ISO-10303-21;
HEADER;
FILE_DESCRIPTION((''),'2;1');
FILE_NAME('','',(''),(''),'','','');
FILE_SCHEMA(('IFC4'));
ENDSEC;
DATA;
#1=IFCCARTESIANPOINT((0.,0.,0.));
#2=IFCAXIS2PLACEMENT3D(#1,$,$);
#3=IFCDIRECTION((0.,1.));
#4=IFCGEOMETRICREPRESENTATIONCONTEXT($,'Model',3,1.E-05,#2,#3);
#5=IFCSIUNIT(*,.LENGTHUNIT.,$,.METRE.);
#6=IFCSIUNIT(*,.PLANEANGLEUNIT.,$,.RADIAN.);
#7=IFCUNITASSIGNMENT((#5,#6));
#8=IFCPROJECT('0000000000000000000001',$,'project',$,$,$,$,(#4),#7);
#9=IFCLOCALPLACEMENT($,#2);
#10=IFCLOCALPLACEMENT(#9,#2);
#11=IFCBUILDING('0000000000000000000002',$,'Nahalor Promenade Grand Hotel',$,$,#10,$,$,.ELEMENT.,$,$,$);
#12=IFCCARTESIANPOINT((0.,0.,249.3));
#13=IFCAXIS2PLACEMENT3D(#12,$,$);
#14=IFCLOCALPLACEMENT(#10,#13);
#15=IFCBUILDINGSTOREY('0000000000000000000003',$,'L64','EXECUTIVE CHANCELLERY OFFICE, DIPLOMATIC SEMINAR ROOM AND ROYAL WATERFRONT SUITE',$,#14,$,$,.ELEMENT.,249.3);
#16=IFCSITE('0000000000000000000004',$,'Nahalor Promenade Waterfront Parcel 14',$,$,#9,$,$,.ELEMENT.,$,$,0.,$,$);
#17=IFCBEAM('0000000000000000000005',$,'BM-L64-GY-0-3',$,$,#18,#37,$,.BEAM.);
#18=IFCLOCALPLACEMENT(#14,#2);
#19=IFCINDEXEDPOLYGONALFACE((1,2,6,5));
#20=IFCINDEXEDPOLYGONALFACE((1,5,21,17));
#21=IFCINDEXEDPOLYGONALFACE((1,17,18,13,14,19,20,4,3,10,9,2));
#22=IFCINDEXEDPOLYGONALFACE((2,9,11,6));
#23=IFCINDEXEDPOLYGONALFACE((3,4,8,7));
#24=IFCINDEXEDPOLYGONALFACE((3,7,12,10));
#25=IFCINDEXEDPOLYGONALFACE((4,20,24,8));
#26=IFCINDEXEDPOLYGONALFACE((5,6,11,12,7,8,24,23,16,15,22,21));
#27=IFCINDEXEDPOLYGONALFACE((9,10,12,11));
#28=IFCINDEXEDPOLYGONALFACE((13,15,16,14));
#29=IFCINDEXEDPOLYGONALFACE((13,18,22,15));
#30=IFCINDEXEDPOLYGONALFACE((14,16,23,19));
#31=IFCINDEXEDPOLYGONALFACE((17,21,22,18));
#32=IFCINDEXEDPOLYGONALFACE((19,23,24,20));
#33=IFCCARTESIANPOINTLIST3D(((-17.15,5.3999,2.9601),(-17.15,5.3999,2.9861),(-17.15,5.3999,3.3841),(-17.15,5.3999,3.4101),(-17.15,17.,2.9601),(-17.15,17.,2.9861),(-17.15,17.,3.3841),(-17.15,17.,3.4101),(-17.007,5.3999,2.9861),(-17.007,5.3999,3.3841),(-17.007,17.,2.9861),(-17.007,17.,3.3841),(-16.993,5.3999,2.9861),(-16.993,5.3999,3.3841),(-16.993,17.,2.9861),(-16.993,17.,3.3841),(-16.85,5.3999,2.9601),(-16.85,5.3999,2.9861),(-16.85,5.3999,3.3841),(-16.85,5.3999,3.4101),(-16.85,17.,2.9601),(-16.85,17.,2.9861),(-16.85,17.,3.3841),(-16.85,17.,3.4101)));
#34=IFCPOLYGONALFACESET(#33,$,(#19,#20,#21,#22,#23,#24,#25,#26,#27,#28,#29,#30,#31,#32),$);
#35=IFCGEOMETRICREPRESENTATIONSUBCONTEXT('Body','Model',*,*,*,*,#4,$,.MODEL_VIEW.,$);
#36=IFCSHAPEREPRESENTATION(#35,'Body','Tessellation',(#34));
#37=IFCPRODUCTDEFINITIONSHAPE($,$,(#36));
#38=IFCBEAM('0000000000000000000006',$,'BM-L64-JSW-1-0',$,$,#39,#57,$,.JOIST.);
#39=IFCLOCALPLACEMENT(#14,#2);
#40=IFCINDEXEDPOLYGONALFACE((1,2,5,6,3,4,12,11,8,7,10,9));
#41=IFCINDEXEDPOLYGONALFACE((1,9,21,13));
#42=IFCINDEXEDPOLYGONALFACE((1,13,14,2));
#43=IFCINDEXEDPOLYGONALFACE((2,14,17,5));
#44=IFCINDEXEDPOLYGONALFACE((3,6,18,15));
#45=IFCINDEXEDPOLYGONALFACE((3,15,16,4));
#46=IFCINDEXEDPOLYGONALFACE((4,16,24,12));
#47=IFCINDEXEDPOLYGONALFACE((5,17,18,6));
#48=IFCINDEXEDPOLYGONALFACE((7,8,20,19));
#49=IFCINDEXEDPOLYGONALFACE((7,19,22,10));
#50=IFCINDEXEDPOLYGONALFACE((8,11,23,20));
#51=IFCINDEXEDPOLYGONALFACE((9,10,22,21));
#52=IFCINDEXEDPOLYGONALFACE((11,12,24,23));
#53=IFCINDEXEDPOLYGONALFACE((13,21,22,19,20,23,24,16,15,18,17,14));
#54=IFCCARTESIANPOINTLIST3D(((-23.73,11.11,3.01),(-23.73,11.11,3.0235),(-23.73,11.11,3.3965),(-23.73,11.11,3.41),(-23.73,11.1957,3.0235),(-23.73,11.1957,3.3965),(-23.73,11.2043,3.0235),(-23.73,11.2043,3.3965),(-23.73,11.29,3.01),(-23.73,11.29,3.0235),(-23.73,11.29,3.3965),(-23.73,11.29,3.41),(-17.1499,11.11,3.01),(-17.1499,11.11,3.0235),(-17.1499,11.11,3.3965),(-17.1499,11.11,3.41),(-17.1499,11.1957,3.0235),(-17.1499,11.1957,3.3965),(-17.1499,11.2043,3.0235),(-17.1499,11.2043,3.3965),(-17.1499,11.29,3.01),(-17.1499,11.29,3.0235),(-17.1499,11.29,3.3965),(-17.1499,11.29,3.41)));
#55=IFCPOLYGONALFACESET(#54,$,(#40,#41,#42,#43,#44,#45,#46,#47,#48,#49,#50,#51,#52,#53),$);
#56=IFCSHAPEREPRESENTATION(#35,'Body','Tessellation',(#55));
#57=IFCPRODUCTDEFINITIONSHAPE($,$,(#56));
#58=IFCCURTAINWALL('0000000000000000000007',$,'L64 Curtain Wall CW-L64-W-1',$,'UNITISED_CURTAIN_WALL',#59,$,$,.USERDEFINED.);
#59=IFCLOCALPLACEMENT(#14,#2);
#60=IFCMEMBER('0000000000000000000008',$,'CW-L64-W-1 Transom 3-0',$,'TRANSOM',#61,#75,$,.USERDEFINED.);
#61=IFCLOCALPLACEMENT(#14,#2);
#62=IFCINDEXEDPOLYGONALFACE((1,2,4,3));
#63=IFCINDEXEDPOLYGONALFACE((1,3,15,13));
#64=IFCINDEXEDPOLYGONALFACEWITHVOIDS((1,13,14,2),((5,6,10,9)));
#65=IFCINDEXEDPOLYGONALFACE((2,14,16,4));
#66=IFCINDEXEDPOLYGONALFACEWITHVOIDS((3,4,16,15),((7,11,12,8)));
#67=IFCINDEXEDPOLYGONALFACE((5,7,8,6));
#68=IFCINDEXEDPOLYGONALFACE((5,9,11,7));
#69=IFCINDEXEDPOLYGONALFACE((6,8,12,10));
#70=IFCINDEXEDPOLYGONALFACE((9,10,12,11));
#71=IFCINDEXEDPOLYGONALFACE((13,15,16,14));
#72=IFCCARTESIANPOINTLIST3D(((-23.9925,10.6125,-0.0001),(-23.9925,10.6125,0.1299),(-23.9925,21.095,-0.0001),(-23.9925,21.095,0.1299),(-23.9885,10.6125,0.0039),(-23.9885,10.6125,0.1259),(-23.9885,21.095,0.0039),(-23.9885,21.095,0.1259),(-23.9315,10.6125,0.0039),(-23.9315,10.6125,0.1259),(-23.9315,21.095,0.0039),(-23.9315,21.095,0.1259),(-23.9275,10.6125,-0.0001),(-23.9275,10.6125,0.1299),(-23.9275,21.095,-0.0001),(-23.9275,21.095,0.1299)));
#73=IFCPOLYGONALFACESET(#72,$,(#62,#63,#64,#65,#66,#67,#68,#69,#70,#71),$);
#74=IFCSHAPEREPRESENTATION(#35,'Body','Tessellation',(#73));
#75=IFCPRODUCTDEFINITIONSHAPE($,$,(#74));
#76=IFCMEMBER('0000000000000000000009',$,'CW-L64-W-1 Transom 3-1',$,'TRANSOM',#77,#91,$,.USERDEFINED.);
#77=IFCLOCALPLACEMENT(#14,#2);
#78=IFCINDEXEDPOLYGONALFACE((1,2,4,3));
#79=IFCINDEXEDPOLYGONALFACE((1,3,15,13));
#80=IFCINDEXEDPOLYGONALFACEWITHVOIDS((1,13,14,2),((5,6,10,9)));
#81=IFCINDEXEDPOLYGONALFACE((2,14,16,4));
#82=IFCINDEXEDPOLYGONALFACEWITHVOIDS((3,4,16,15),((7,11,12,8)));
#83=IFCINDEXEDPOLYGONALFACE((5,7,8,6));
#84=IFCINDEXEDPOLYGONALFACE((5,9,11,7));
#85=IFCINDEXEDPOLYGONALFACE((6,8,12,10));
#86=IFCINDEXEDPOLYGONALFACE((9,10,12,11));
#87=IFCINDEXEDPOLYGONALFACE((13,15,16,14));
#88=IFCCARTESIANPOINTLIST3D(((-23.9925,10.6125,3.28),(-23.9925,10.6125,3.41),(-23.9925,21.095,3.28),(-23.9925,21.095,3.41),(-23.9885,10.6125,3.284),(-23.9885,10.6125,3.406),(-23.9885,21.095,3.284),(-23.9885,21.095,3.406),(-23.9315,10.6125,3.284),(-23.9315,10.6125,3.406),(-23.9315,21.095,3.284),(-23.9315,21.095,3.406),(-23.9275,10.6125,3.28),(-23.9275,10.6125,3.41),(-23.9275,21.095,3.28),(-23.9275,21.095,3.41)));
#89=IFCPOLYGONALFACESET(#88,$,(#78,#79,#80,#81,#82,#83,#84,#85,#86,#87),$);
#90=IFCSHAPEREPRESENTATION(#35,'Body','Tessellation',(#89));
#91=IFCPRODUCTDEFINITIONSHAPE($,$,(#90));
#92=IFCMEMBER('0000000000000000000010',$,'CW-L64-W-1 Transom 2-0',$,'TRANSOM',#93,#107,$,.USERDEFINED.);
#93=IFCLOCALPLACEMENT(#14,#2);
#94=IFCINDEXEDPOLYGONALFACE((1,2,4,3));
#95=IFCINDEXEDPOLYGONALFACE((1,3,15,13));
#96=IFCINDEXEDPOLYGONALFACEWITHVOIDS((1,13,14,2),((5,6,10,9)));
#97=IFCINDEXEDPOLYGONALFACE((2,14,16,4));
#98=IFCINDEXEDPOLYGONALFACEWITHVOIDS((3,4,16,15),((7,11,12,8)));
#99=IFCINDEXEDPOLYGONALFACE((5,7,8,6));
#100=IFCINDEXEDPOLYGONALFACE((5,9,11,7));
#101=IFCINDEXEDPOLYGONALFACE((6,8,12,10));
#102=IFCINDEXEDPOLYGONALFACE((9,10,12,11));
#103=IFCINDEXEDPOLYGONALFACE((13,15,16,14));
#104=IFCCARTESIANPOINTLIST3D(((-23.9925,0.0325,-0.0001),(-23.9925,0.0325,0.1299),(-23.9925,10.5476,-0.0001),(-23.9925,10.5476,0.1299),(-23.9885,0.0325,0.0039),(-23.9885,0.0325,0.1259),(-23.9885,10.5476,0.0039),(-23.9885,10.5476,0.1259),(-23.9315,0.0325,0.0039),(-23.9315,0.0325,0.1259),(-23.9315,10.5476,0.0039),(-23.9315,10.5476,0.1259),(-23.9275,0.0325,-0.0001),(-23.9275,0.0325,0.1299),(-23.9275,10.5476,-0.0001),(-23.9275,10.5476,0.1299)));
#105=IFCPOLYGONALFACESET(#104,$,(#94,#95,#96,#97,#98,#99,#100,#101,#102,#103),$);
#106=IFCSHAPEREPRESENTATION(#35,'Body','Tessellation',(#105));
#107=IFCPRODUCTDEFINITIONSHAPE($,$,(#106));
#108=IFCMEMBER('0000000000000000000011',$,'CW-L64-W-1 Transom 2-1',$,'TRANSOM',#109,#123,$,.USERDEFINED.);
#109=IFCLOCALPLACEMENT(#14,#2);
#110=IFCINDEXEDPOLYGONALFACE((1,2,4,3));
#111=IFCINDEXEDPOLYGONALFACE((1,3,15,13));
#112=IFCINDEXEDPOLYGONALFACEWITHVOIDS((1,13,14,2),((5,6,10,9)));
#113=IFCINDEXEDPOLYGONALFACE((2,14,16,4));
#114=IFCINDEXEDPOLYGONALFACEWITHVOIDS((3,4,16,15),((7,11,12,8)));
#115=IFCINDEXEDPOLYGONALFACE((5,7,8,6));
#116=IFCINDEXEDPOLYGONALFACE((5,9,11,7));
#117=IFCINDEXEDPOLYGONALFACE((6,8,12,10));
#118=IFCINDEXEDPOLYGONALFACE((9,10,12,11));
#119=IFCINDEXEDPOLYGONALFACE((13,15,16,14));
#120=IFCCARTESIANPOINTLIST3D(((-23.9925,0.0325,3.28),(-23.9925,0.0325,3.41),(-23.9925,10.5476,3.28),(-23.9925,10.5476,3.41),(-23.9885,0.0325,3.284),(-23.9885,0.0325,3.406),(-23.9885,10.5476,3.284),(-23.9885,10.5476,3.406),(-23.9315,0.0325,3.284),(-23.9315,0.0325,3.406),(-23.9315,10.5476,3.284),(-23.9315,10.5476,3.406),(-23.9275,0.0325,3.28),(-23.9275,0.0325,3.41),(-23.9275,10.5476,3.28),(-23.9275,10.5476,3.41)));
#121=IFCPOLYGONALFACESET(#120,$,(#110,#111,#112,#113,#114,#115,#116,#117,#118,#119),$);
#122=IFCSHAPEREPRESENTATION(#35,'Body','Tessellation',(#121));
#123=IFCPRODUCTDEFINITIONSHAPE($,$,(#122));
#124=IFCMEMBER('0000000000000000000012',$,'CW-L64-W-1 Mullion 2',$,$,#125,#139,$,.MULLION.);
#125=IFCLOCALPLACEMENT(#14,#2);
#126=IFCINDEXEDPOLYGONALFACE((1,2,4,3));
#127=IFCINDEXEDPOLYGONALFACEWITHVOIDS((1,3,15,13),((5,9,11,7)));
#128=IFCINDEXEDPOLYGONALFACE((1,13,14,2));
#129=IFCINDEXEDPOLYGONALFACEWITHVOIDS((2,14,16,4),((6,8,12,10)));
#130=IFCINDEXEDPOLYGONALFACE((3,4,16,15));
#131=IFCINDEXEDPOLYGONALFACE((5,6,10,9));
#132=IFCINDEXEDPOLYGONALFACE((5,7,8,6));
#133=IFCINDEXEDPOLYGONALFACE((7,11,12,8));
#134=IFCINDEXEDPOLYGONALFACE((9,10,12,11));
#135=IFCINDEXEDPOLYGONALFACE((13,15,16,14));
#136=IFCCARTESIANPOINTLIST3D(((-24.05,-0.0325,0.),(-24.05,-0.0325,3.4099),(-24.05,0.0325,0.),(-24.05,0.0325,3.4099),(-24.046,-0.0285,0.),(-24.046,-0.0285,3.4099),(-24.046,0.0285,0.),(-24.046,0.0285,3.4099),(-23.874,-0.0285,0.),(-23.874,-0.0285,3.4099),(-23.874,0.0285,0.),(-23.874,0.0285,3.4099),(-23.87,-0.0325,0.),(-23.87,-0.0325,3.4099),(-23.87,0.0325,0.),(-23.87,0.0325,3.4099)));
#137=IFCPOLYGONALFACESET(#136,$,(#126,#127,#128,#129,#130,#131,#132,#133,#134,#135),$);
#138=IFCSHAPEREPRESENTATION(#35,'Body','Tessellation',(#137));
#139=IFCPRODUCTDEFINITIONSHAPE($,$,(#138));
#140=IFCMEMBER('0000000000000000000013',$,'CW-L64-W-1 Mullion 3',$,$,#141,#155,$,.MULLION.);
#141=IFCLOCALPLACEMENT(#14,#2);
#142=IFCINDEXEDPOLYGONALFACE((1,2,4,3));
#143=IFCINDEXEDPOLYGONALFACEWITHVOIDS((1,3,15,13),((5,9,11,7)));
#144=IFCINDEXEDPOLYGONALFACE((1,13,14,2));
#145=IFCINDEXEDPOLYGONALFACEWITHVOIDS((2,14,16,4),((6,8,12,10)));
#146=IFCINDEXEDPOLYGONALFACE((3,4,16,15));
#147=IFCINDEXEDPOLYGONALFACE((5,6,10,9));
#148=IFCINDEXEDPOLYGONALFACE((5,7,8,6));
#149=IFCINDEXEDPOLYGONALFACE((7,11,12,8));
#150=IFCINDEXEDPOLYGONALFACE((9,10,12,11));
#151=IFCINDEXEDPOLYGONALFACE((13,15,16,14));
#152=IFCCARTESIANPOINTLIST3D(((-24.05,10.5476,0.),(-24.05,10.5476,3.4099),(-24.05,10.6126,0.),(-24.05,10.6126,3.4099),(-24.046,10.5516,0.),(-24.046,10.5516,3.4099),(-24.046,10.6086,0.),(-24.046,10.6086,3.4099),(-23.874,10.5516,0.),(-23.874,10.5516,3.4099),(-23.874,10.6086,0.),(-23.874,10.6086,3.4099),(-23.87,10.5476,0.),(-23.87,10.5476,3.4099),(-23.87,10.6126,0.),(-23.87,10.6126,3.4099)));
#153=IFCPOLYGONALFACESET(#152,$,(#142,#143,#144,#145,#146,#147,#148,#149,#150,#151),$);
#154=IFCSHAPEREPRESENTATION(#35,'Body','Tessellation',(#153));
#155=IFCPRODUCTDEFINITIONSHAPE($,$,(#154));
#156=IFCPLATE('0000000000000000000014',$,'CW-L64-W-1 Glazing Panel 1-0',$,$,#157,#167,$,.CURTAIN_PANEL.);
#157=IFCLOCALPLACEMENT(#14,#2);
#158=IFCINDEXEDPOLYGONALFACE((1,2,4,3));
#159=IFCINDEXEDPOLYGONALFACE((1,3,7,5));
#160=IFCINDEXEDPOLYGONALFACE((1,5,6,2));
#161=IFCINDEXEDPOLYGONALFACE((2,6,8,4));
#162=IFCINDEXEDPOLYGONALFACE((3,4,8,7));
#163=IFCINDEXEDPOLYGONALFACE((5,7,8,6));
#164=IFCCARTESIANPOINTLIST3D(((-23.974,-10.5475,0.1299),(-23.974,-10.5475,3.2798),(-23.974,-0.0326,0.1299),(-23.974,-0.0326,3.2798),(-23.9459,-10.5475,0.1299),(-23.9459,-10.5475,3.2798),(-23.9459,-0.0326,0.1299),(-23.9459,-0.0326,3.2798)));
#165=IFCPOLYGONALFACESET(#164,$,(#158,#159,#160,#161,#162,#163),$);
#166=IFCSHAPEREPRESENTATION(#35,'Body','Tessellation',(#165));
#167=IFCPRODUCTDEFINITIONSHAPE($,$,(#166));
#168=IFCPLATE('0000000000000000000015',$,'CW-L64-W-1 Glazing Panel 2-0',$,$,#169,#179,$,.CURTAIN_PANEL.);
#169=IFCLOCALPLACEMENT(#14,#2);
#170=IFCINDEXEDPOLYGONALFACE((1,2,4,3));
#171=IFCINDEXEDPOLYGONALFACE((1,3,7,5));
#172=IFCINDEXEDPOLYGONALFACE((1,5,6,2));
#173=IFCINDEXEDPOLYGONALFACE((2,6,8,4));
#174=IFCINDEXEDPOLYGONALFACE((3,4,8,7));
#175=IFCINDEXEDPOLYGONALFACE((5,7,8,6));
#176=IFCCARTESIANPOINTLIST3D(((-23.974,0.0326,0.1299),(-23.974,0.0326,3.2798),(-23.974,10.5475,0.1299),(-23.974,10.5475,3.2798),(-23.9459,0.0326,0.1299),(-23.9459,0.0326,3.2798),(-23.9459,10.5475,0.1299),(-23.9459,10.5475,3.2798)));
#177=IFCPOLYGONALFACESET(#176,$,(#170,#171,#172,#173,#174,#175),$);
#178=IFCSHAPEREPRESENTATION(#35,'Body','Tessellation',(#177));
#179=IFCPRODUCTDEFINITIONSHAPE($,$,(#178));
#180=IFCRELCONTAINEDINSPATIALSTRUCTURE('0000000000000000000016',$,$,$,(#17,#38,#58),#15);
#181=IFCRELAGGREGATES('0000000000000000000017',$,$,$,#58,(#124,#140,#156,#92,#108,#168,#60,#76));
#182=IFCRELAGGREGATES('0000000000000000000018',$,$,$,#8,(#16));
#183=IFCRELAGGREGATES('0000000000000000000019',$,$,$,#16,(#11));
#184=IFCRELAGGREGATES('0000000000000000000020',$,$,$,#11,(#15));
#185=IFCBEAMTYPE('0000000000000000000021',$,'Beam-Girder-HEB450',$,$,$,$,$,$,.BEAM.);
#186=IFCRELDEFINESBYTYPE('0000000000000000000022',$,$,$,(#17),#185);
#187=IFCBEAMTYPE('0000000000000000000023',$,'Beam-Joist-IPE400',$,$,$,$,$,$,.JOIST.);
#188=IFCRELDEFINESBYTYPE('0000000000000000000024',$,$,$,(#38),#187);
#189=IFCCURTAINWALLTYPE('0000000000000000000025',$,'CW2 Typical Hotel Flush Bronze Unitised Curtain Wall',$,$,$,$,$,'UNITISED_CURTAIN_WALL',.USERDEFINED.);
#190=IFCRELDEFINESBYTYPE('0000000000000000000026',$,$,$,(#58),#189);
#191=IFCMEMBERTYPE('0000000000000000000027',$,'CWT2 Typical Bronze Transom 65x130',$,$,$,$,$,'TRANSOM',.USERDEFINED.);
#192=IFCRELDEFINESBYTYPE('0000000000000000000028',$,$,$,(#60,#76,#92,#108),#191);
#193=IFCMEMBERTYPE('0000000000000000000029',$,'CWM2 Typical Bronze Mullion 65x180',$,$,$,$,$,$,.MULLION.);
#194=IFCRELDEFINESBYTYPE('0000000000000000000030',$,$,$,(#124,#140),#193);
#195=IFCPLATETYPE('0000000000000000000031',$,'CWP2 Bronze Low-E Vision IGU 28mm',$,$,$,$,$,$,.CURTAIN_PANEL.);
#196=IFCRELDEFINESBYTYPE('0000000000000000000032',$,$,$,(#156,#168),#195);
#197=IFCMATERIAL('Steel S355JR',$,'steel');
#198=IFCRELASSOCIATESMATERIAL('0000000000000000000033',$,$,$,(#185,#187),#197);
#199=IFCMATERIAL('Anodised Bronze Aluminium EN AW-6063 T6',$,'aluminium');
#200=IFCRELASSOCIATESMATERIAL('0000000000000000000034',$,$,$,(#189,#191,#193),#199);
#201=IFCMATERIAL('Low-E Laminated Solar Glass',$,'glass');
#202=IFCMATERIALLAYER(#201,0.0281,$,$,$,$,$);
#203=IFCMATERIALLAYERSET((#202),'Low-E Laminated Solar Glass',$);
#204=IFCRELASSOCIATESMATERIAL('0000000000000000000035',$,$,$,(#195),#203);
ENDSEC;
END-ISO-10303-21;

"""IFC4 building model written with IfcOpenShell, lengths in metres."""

from ifc_helpers import new_model, si_unit, direction, frame, origin, origin_2d, place, context, subcontext, project, spatial, rectangle, hollow_rectangle, i_section, extrude, source, transform, mapped, material, layer, layer_set, material_profile, profile_set, type_object, element, aggregate, save


model = new_model("IFC4")

# Units and contexts
model_context = context("Model", 3, precision=1e-05, world=origin(), true_north=direction((0.0, 1.0)))
body_context = subcontext(model_context, "Body", "Model", "MODEL_VIEW")
ifc_project = project(units=[si_unit("LENGTHUNIT", "METRE"), si_unit("PLANEANGLEUNIT", "RADIAN")], contexts=[model_context])

# Site, building, storey
site_placement = place(None, origin())
site = spatial("IfcSite", under=ifc_project, at=site_placement, Name="Nahalor Promenade Waterfront Parcel 14", CompositionType="ELEMENT", RefElevation=0.0)
building_placement = place(site_placement, origin())
building = spatial("IfcBuilding", under=site, at=building_placement, Name="Nahalor Promenade Grand Hotel", CompositionType="ELEMENT")
storey_placement = place(building_placement, frame((0.0, 0.0, 249.3)))
storey = spatial("IfcBuildingStorey", under=building, at=storey_placement, Name="L64", Description="EXECUTIVE CHANCELLERY OFFICE, DIPLOMATIC SEMINAR ROOM AND ROYAL WATERFRONT SUITE", CompositionType="ELEMENT", Elevation=249.3)

# Shared definitions
ifc_material_1 = material(Name="Steel S355JR", Category="steel")

# Beams
ifc_material_profile_1 = material_profile(ifc_material_1, i_section(OverallWidth=0.3, OverallDepth=0.45, WebThickness=0.014, FlangeThickness=0.026, at=origin_2d()), Name="HEB 450")
ifc_profile_set_1 = profile_set([ifc_material_profile_1], Name="Steel S355JR")
beam_type_1 = type_object("IfcBeamType", Name="Beam-Girder-HEB450", PredefinedType="BEAM", material=ifc_profile_set_1)
shared_shape_1 = source(origin(), body_context, "Body", "SweptSolid", [
    extrude(i_section(OverallWidth=0.3, OverallDepth=0.45, WebThickness=0.014, FlangeThickness=0.026, at=origin_2d()), origin(), (0.0, 0.0, 1.0), 11.6001),
])
beam_1_placement = place(storey_placement, frame((-17.0, 5.3999, 3.1851), z_axis=(0.0, 1.0, 0.0), x_axis=(-1.0, 0.0, 0.0)))
element("IfcBeam", 1, at=beam_1_placement, inside=storey, type_object=beam_type_1, Name="BM-L64-GY-0-3", PredefinedType="BEAM", context=body_context, shape_type="MappedRepresentation", body=[
    mapped(shared_shape_1, transform((0.0, 0.0, 0.0), scale=1.0)),
])
ifc_material_profile_2 = material_profile(ifc_material_1, i_section(OverallWidth=0.18, OverallDepth=0.4, WebThickness=0.0086, FlangeThickness=0.0135, at=origin_2d()), Name="IPE 400")
ifc_profile_set_2 = profile_set([ifc_material_profile_2], Name="Steel S355JR")
beam_type_2 = type_object("IfcBeamType", Name="Beam-Joist-IPE400", PredefinedType="JOIST", material=ifc_profile_set_2)
shared_shape_2 = source(origin(), body_context, "Body", "SweptSolid", [
    extrude(i_section(OverallWidth=0.18, OverallDepth=0.4, WebThickness=0.0086, FlangeThickness=0.0135, at=origin_2d()), origin(), (0.0, 0.0, 1.0), 6.5801),
])
beam_2_placement = place(storey_placement, frame((-23.73, 11.2, 3.21), z_axis=(1.0, 0.0, 0.0), x_axis=(0.0, 1.0, 0.0)))
element("IfcBeam", 2, at=beam_2_placement, inside=storey, type_object=beam_type_2, Name="BM-L64-JSW-1-0", PredefinedType="JOIST", context=body_context, shape_type="MappedRepresentation", body=[
    mapped(shared_shape_2, transform((0.0, 0.0, 0.0), scale=1.0)),
])

# Curtain wall, members, plates
ifc_material_2 = material(Name="Anodised Bronze Aluminium EN AW-6063 T6", Category="aluminium")
curtain_wall_type = type_object("IfcCurtainWallType", Name="CW2 Typical Hotel Flush Bronze Unitised Curtain Wall", ElementType="UNITISED_CURTAIN_WALL", PredefinedType="USERDEFINED", material=ifc_material_2)
curtain_wall_placement = place(storey_placement, origin())
curtain_wall = element("IfcCurtainWall", 3, at=curtain_wall_placement, inside=storey, type_object=curtain_wall_type, Name="L64 Curtain Wall CW-L64-W-1", ObjectType="UNITISED_CURTAIN_WALL", PredefinedType="USERDEFINED")
ifc_material_profile_3 = material_profile(ifc_material_2, hollow_rectangle(XDim=0.065, YDim=0.13, WallThickness=0.004, at=origin_2d()), Name="CWT 65x130x4")
ifc_profile_set_3 = profile_set([ifc_material_profile_3], Name="Anodised Bronze Aluminium EN AW-6063 T6")
member_type_1 = type_object("IfcMemberType", Name="CWT2 Typical Bronze Transom 65x130", ElementType="TRANSOM", PredefinedType="USERDEFINED", material=ifc_profile_set_3)
shared_shape_3 = source(origin(), body_context, "Body", "SweptSolid", [
    extrude(hollow_rectangle(XDim=0.065, YDim=0.13, WallThickness=0.004, at=origin_2d()), origin(), (0.0, 0.0, 1.0), 10.4824),
])
member_1_placement = place(storey_placement, frame((-23.96, 10.6125, 0.0649), z_axis=(0.0, 1.0, 0.0), x_axis=(-1.0, 0.0, 0.0)))
member_1 = element("IfcMember", 4, at=member_1_placement, type_object=member_type_1, Name="CW-L64-W-1 Transom 3-0", ObjectType="TRANSOM", PredefinedType="USERDEFINED", context=body_context, shape_type="MappedRepresentation", body=[
    mapped(shared_shape_3, transform((0.0, 0.0, 0.0), scale=1.0)),
])
member_2_placement = place(storey_placement, frame((-23.96, 10.6125, 3.345), z_axis=(0.0, 1.0, 0.0), x_axis=(-1.0, 0.0, 0.0)))
member_2 = element("IfcMember", 5, at=member_2_placement, type_object=member_type_1, Name="CW-L64-W-1 Transom 3-1", ObjectType="TRANSOM", PredefinedType="USERDEFINED", context=body_context, shape_type="MappedRepresentation", body=[
    mapped(shared_shape_3, transform((0.0, 0.0, 0.0), scale=1.0)),
])
shared_shape_4 = source(origin(), body_context, "Body", "SweptSolid", [
    extrude(hollow_rectangle(XDim=0.065, YDim=0.13, WallThickness=0.004, at=origin_2d()), origin(), (0.0, 0.0, 1.0), 10.5151),
])
member_3_placement = place(storey_placement, frame((-23.96, 0.0325, 0.0649), z_axis=(0.0, 1.0, 0.0), x_axis=(-1.0, 0.0, 0.0)))
member_3 = element("IfcMember", 6, at=member_3_placement, type_object=member_type_1, Name="CW-L64-W-1 Transom 2-0", ObjectType="TRANSOM", PredefinedType="USERDEFINED", context=body_context, shape_type="MappedRepresentation", body=[
    mapped(shared_shape_4, transform((0.0, 0.0, 0.0), scale=1.0)),
])
member_4_placement = place(storey_placement, frame((-23.96, 0.0325, 3.345), z_axis=(0.0, 1.0, 0.0), x_axis=(-1.0, 0.0, 0.0)))
member_4 = element("IfcMember", 7, at=member_4_placement, type_object=member_type_1, Name="CW-L64-W-1 Transom 2-1", ObjectType="TRANSOM", PredefinedType="USERDEFINED", context=body_context, shape_type="MappedRepresentation", body=[
    mapped(shared_shape_4, transform((0.0, 0.0, 0.0), scale=1.0)),
])
ifc_material_profile_4 = material_profile(ifc_material_2, hollow_rectangle(XDim=0.065, YDim=0.18, WallThickness=0.004, at=origin_2d()), Name="CWM 65x180x4")
ifc_profile_set_4 = profile_set([ifc_material_profile_4], Name="Anodised Bronze Aluminium EN AW-6063 T6")
member_type_2 = type_object("IfcMemberType", Name="CWM2 Typical Bronze Mullion 65x180", PredefinedType="MULLION", material=ifc_profile_set_4)
shared_shape_5 = source(origin(), body_context, "Body", "SweptSolid", [
    extrude(hollow_rectangle(XDim=0.065, YDim=0.18, WallThickness=0.004, at=origin_2d()), origin(), (0.0, 0.0, 1.0), 3.4099),
])
member_5_placement = place(storey_placement, frame((-23.96, 0.0, 0.0), z_axis=(0.0, 0.0, 1.0), x_axis=(0.0, 1.0, 0.0)))
member_5 = element("IfcMember", 8, at=member_5_placement, type_object=member_type_2, Name="CW-L64-W-1 Mullion 2", PredefinedType="MULLION", context=body_context, shape_type="MappedRepresentation", body=[
    mapped(shared_shape_5, transform((0.0, 0.0, 0.0), scale=1.0)),
])
member_6_placement = place(storey_placement, frame((-23.96, 10.5801, 0.0), z_axis=(0.0, 0.0, 1.0), x_axis=(0.0, 1.0, 0.0)))
member_6 = element("IfcMember", 9, at=member_6_placement, type_object=member_type_2, Name="CW-L64-W-1 Mullion 3", PredefinedType="MULLION", context=body_context, shape_type="MappedRepresentation", body=[
    mapped(shared_shape_5, transform((0.0, 0.0, 0.0), scale=1.0)),
])
ifc_material_3 = material(Name="Low-E Laminated Solar Glass", Category="glass")
ifc_layer_1 = layer(ifc_material_3, 0.0281)
ifc_layer_set_1 = layer_set([ifc_layer_1], Name="Low-E Laminated Solar Glass")
plate_type = type_object("IfcPlateType", Name="CWP2 Bronze Low-E Vision IGU 28mm", PredefinedType="CURTAIN_PANEL", material=ifc_layer_set_1)
shared_shape_6 = source(origin(), body_context, "Body", "SweptSolid", [
    extrude(rectangle(XDim=10.5149, YDim=0.0281, at=origin_2d()), origin(), (0.0, 0.0, 1.0), 3.1499),
])
plate_1_placement = place(storey_placement, frame((-23.96, -5.29, 0.1299), z_axis=(0.0, 0.0, 1.0), x_axis=(0.0, 1.0, 0.0)))
plate_1 = element("IfcPlate", 10, at=plate_1_placement, type_object=plate_type, Name="CW-L64-W-1 Glazing Panel 1-0", PredefinedType="CURTAIN_PANEL", context=body_context, shape_type="MappedRepresentation", body=[
    mapped(shared_shape_6, transform((0.0, 0.0, 0.0), scale=1.0)),
])
plate_2_placement = place(storey_placement, frame((-23.96, 5.29, 0.1299), z_axis=(0.0, 0.0, 1.0), x_axis=(0.0, 1.0, 0.0)))
plate_2 = element("IfcPlate", 11, at=plate_2_placement, type_object=plate_type, Name="CW-L64-W-1 Glazing Panel 2-0", PredefinedType="CURTAIN_PANEL", context=body_context, shape_type="MappedRepresentation", body=[
    mapped(shared_shape_6, transform((0.0, 0.0, 0.0), scale=1.0)),
])
aggregate(curtain_wall, [member_5, member_6, plate_1, member_3, member_4, plate_2, member_1, member_2])

save(model, "model.ifc")
